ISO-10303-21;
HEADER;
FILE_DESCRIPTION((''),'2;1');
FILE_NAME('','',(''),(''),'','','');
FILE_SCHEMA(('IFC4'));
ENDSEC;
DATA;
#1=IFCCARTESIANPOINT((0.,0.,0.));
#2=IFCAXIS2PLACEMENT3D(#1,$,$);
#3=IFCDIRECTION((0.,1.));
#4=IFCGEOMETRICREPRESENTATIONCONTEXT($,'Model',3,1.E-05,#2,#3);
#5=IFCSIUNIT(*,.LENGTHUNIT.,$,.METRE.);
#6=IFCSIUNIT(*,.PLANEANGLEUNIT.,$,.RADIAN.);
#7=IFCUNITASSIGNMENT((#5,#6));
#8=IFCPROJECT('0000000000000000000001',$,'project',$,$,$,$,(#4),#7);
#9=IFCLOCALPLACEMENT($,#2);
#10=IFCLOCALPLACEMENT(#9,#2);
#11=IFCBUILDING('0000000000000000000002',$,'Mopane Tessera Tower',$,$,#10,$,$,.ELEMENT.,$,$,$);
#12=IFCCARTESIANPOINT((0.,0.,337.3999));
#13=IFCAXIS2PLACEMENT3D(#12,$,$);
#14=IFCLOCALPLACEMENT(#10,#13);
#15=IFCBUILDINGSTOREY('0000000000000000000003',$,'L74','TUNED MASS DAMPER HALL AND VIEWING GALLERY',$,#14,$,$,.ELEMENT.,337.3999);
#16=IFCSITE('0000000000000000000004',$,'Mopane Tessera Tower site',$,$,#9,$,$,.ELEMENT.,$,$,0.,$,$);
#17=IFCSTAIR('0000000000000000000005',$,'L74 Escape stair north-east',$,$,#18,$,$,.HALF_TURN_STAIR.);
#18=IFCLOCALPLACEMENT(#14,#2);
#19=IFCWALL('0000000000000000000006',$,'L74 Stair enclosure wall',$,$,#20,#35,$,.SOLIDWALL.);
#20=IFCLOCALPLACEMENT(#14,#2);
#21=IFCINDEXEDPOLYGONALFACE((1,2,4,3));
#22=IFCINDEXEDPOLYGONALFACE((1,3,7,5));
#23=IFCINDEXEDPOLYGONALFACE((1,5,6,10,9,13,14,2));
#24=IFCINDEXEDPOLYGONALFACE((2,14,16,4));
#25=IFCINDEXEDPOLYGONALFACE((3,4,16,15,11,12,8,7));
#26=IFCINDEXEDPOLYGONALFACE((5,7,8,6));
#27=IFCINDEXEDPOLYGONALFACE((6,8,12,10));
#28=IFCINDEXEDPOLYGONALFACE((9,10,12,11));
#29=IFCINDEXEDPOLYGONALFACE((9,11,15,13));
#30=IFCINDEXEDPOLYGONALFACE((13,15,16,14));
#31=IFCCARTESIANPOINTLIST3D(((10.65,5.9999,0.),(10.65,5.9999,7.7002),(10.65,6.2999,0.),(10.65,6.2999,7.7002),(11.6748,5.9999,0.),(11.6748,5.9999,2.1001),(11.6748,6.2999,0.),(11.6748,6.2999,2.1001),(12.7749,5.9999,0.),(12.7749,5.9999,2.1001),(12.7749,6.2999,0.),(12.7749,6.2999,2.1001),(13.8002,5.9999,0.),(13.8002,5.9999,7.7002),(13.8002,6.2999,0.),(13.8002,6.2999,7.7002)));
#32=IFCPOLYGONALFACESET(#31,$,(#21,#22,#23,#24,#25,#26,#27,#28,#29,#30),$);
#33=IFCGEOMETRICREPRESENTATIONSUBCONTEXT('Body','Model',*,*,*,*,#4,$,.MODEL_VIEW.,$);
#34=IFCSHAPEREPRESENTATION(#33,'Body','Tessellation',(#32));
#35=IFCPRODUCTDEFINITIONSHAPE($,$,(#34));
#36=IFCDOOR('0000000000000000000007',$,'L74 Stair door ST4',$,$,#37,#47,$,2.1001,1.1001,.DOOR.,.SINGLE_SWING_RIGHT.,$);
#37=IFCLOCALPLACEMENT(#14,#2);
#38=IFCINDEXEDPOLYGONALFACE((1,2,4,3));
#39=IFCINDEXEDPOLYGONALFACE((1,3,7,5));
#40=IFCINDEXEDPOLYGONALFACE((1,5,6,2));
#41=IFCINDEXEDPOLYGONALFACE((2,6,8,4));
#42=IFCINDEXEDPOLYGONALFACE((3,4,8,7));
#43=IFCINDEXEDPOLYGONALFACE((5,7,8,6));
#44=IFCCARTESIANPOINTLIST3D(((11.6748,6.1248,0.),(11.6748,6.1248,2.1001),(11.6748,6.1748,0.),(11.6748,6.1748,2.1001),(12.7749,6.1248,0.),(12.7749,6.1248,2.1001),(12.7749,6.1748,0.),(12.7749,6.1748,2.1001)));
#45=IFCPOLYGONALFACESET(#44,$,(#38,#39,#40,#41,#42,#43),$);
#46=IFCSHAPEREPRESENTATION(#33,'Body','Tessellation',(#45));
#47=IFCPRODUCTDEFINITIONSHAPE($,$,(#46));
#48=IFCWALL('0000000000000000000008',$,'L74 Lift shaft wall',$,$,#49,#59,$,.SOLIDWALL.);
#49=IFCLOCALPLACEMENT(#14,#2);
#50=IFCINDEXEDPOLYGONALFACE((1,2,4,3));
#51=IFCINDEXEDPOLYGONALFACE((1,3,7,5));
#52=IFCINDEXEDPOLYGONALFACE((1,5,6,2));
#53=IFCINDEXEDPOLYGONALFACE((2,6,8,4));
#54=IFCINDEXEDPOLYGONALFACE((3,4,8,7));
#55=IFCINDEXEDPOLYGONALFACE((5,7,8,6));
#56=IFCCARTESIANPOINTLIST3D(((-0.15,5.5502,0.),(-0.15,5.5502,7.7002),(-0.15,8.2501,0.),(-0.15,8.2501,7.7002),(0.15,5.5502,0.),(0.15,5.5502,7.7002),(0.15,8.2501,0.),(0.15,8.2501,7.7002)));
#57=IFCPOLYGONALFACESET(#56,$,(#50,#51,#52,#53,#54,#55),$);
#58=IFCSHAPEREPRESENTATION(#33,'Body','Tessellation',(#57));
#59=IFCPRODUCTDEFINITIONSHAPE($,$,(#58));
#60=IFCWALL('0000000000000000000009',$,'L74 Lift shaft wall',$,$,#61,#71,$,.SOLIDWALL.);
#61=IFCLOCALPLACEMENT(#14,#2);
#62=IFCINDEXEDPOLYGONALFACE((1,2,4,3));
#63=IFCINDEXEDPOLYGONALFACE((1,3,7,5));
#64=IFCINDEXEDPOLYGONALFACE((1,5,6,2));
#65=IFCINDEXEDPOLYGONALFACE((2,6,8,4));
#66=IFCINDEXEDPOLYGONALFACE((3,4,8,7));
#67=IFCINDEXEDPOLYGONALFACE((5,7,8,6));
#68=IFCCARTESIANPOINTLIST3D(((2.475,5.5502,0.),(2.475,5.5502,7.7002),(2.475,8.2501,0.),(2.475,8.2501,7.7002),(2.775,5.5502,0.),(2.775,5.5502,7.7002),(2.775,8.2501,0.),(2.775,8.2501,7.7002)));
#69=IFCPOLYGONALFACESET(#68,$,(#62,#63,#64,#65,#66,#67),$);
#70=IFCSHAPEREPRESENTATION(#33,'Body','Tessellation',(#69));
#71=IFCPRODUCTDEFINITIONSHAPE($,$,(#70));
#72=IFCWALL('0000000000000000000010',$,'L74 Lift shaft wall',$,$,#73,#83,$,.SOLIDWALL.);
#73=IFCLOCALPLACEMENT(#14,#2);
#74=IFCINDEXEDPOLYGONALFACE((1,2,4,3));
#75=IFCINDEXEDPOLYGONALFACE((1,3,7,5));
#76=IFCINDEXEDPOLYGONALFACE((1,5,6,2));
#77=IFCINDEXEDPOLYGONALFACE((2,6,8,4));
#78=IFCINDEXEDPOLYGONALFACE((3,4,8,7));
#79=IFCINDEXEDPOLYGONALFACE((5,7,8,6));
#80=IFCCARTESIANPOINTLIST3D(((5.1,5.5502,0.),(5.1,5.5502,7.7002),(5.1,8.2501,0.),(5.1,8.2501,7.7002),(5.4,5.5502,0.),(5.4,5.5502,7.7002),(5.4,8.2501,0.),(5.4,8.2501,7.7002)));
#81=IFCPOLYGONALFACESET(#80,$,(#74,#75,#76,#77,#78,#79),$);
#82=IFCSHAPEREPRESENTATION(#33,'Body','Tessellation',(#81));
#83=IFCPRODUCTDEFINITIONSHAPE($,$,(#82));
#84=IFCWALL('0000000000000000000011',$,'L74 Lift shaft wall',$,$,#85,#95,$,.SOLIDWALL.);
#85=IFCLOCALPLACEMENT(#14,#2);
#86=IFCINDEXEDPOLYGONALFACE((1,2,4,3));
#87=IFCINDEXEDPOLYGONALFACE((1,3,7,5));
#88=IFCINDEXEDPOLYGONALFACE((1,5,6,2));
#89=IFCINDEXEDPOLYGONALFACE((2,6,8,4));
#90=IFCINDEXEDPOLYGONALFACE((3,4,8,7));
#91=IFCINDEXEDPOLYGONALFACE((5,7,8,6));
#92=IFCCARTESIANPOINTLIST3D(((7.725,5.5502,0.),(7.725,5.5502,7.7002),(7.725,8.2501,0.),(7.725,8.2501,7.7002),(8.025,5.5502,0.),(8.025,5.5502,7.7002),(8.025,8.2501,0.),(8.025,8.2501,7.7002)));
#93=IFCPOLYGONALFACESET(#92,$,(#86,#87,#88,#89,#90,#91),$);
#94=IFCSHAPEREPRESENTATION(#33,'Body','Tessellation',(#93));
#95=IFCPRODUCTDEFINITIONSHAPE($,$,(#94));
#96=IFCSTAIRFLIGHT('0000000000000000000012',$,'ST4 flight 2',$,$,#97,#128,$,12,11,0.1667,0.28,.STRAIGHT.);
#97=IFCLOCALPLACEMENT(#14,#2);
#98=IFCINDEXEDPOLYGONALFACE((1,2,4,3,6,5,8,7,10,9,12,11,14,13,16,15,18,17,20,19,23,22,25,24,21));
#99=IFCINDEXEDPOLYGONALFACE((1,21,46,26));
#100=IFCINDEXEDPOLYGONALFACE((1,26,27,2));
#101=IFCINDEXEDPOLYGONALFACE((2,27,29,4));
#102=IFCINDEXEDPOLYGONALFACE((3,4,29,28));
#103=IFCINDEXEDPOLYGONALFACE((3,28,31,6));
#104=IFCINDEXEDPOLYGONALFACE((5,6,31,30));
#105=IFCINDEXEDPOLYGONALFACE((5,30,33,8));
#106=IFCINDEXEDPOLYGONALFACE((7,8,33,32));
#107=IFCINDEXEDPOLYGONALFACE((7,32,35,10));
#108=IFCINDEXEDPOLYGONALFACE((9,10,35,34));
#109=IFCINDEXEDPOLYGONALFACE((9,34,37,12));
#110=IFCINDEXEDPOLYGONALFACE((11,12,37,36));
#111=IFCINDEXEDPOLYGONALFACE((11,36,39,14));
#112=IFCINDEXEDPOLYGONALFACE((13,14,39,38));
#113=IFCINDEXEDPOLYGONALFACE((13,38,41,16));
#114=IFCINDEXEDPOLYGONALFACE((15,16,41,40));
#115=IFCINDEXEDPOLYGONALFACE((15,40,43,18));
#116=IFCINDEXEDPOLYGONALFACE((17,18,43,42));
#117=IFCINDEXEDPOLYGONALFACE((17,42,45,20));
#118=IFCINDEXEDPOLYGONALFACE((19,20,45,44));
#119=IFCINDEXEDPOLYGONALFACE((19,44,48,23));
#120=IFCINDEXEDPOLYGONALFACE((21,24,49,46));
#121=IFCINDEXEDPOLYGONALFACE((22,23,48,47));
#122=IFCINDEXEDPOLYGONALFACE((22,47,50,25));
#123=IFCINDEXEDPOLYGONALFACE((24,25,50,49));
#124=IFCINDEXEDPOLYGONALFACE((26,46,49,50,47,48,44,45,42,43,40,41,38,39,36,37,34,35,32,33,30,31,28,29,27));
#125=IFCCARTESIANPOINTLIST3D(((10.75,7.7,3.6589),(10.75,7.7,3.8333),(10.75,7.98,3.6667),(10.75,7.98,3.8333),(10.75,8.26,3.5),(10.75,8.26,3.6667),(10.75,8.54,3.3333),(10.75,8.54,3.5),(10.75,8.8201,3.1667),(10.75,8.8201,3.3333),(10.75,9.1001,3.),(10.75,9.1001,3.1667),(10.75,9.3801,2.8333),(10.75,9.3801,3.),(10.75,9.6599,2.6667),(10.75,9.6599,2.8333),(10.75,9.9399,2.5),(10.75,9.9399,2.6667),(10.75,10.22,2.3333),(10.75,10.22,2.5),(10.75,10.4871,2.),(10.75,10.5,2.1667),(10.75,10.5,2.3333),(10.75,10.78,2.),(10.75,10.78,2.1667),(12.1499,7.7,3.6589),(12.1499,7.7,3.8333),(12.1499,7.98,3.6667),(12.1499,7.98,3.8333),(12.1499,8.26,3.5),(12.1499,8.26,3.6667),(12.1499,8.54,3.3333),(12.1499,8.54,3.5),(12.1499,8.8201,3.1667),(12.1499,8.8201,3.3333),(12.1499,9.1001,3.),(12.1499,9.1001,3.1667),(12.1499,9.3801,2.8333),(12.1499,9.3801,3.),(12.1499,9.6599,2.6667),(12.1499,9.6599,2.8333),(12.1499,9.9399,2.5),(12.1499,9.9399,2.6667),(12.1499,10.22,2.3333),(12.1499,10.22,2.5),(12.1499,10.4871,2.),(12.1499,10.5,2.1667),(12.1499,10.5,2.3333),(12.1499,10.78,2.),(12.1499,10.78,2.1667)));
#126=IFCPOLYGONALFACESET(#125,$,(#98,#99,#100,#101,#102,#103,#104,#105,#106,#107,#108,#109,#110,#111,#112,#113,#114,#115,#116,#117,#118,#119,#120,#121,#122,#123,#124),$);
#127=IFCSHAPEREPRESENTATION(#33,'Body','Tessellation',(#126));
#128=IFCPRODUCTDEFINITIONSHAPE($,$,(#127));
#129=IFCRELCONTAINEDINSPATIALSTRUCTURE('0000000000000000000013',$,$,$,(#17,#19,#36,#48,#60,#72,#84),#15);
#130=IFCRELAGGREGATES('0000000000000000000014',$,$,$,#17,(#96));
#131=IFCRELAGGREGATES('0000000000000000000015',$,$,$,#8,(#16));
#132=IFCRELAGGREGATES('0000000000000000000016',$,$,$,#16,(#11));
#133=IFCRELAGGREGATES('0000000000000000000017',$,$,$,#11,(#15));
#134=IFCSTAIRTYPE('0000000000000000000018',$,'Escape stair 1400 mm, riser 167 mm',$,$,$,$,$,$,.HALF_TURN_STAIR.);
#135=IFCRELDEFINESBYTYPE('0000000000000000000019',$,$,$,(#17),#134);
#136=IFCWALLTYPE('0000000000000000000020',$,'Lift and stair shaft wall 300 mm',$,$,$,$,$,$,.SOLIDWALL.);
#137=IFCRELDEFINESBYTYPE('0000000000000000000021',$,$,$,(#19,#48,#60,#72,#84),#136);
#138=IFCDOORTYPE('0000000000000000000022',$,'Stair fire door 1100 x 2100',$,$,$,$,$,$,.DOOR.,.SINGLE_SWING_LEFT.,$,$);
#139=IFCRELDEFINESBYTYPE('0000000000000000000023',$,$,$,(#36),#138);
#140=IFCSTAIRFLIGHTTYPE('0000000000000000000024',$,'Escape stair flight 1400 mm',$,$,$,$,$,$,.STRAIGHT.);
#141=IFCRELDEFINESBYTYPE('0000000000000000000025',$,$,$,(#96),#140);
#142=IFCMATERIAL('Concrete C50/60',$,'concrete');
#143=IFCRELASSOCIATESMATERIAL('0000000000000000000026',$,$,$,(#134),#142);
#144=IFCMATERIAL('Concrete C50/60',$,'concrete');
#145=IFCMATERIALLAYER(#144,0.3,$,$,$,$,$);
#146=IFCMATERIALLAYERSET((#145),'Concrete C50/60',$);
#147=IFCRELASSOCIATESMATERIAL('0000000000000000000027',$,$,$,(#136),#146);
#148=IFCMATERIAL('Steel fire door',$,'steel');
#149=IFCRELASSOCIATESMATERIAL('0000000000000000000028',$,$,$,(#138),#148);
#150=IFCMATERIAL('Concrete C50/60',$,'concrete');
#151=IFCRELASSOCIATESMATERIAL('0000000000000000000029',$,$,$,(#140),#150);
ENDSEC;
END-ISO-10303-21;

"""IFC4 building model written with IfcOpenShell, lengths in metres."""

from ifc_helpers import new_model, si_unit, direction, frame, frame_2d, origin, place, context, subcontext, project, spatial, polyline, rectangle, outline, extrude, material, layer, layer_set, type_object, element, fill, aggregate, save


model = new_model("IFC4")

# Units and contexts
model_context = context("Model", 3, precision=1e-05, world=origin(), true_north=direction((0.0, 1.0)))
body_context = subcontext(model_context, "Body", "Model", "MODEL_VIEW")
ifc_project = project(units=[si_unit("LENGTHUNIT", "METRE"), si_unit("PLANEANGLEUNIT", "RADIAN")], contexts=[model_context])

# Site, building, storey
site_placement = place(None, origin())
site = spatial("IfcSite", under=ifc_project, at=site_placement, Name="Mopane Tessera Tower site", CompositionType="ELEMENT", RefElevation=0.0)
building_placement = place(site_placement, origin())
building = spatial("IfcBuilding", under=site, at=building_placement, Name="Mopane Tessera Tower", CompositionType="ELEMENT")
storey_placement = place(building_placement, frame((0.0, 0.0, 337.3999)))
storey = spatial("IfcBuildingStorey", under=building, at=storey_placement, Name="L74", Description="TUNED MASS DAMPER HALL AND VIEWING GALLERY", CompositionType="ELEMENT", Elevation=337.3999)

# Stair
ifc_material_1 = material(Name="Concrete C50/60", Category="concrete")
stair_type = type_object("IfcStairType", Name="Escape stair 1400 mm, riser 167 mm", PredefinedType="HALF_TURN_STAIR", material=ifc_material_1)
stair_1_placement = place(storey_placement, origin())
stair_1 = element("IfcStair", 1, at=stair_1_placement, inside=storey, type_object=stair_type, Name="L74 Escape stair north-east", PredefinedType="HALF_TURN_STAIR")

# Wall, opening, door
ifc_material_2 = material(Name="Concrete C50/60", Category="concrete")
ifc_layer_1 = layer(ifc_material_2, 0.3)
ifc_layer_set_1 = layer_set([ifc_layer_1], Name="Concrete C50/60")
wall_type_1 = type_object("IfcWallType", Name="Lift and stair shaft wall 300 mm", PredefinedType="SOLIDWALL", material=ifc_layer_set_1)
ifc_material_3 = material(Name="Steel fire door", Category="steel")
door_type = type_object("IfcDoorType", Name="Stair fire door 1100 x 2100", OperationType="SINGLE_SWING_LEFT", PredefinedType="DOOR", material=ifc_material_3)
wall_1_placement = place(storey_placement, frame((10.6499, 6.1499, 0.0), z_axis=(0.0, 0.0, 1.0), x_axis=(1.0, 0.0, 0.0)))
wall_1 = element("IfcWall", 2, at=wall_1_placement, inside=storey, type_object=wall_type_1, Name="L74 Stair enclosure wall", PredefinedType="SOLIDWALL", context=body_context, shape_type="SweptSolid", body=[
    extrude(rectangle(XDim=3.1501, YDim=0.3, at=frame_2d((1.5752, 0.0))), origin(), (0.0, 0.0, 1.0), 7.7002),
])
opening_1_placement = place(wall_1_placement, frame((1.0249, 0.0, 0.0)))
opening_1 = element("IfcOpeningElement", 3, at=opening_1_placement, cuts=wall_1, PredefinedType="OPENING", context=body_context, shape_type="SweptSolid", body=[
    extrude(rectangle(XDim=1.1001, YDim=2.1001, at=frame_2d((0.55, 1.05))), frame((0.0, 0.1621, 0.0), z_axis=(0.0, -1.0, 0.0), x_axis=(1.0, 0.0, 0.0)), (0.0, 0.0, 1.0), 0.324),
])
door_1_placement = place(opening_1_placement, origin())
door_1 = element("IfcDoor", 4, at=door_1_placement, inside=storey, type_object=door_type, Name="L74 Stair door ST4", OperationType="SINGLE_SWING_RIGHT", OverallHeight=2.1001, OverallWidth=1.1001, PredefinedType="DOOR", context=body_context, shape_type="SweptSolid", body=[
    extrude(rectangle(XDim=1.1001, YDim=2.1001, at=frame_2d((0.55, 1.05))), frame((0.0, 0.0249, 0.0), z_axis=(0.0, -1.0, 0.0), x_axis=(1.0, 0.0, 0.0)), (0.0, 0.0, 1.0), 0.05),
])
fill(opening_1, door_1)

# Walls
for number, where, z_axis, x_axis, name in (
    (5, (0.0, 5.55, 0.0), (0.0, 0.0, 1.0), (0.0, 1.0, 0.0), "L74 Lift shaft wall"),
    (6, (2.625, 5.55, 0.0), (0.0, 0.0, 1.0), (0.0, 1.0, 0.0), "L74 Lift shaft wall"),
    (7, (5.25, 5.55, 0.0), (0.0, 0.0, 1.0), (0.0, 1.0, 0.0), "L74 Lift shaft wall"),
    (8, (7.875, 5.55, 0.0), (0.0, 0.0, 1.0), (0.0, 1.0, 0.0), "L74 Lift shaft wall"),
):
    element("IfcWall", number, at=place(storey_placement, frame(where, z_axis=z_axis, x_axis=x_axis)), inside=storey, type_object=wall_type_1, Name=name, PredefinedType="SOLIDWALL", context=body_context, shape_type="SweptSolid", body=[
        extrude(rectangle(XDim=2.7, YDim=0.3, at=frame_2d((1.3501, 0.0))), origin(), (0.0, 0.0, 1.0), 7.7002),
    ])

# Stair flight
ifc_material_4 = material(Name="Concrete C50/60", Category="concrete")
stair_flight_type = type_object("IfcStairFlightType", Name="Escape stair flight 1400 mm", PredefinedType="STRAIGHT", material=ifc_material_4)
stair_flight_placement = place(storey_placement, frame((11.45, 10.78, 2.0), z_axis=(0.0, 0.0, 1.0), x_axis=(0.0, -1.0, 0.0)))
stair_flight = element("IfcStairFlight", 9, at=stair_flight_placement, type_object=stair_flight_type, Name="ST4 flight 2", NumberOfRisers=12, NumberOfTreads=11, PredefinedType="STRAIGHT", RiserHeight=0.1667, TreadLength=0.28, context=body_context, shape_type="SweptSolid", body=[
    extrude(outline(polyline([(0.0, 0.0), (0.0, 0.1667), (0.28, 0.1667), (0.28, 0.3333), (0.5601, 0.3333), (0.5601, 0.5), (0.8401, 0.5), (0.8401, 0.6667), (1.1201, 0.6667), (1.1201, 0.8333), (1.3999, 0.8333), (1.3999, 1.0), (1.6799, 1.0), (1.6799, 1.1667), (1.96, 1.1667), (1.96, 1.3333), (2.24, 1.3333), (2.24, 1.5), (2.52, 1.5), (2.52, 1.6667), (2.8, 1.6667), (2.8, 1.8333), (3.0801, 1.8333), (3.0801, 2.0), (3.0801, 1.6589), (0.293, 0.0), (0.0, 0.0)])), frame((0.0, 0.7, 0.0), z_axis=(0.0, -1.0, 0.0), x_axis=(1.0, 0.0, 0.0)), (0.0, 0.0, 1.0), 1.3999),
])
aggregate(stair_1, [stair_flight])

save(model, "model.ifc")
